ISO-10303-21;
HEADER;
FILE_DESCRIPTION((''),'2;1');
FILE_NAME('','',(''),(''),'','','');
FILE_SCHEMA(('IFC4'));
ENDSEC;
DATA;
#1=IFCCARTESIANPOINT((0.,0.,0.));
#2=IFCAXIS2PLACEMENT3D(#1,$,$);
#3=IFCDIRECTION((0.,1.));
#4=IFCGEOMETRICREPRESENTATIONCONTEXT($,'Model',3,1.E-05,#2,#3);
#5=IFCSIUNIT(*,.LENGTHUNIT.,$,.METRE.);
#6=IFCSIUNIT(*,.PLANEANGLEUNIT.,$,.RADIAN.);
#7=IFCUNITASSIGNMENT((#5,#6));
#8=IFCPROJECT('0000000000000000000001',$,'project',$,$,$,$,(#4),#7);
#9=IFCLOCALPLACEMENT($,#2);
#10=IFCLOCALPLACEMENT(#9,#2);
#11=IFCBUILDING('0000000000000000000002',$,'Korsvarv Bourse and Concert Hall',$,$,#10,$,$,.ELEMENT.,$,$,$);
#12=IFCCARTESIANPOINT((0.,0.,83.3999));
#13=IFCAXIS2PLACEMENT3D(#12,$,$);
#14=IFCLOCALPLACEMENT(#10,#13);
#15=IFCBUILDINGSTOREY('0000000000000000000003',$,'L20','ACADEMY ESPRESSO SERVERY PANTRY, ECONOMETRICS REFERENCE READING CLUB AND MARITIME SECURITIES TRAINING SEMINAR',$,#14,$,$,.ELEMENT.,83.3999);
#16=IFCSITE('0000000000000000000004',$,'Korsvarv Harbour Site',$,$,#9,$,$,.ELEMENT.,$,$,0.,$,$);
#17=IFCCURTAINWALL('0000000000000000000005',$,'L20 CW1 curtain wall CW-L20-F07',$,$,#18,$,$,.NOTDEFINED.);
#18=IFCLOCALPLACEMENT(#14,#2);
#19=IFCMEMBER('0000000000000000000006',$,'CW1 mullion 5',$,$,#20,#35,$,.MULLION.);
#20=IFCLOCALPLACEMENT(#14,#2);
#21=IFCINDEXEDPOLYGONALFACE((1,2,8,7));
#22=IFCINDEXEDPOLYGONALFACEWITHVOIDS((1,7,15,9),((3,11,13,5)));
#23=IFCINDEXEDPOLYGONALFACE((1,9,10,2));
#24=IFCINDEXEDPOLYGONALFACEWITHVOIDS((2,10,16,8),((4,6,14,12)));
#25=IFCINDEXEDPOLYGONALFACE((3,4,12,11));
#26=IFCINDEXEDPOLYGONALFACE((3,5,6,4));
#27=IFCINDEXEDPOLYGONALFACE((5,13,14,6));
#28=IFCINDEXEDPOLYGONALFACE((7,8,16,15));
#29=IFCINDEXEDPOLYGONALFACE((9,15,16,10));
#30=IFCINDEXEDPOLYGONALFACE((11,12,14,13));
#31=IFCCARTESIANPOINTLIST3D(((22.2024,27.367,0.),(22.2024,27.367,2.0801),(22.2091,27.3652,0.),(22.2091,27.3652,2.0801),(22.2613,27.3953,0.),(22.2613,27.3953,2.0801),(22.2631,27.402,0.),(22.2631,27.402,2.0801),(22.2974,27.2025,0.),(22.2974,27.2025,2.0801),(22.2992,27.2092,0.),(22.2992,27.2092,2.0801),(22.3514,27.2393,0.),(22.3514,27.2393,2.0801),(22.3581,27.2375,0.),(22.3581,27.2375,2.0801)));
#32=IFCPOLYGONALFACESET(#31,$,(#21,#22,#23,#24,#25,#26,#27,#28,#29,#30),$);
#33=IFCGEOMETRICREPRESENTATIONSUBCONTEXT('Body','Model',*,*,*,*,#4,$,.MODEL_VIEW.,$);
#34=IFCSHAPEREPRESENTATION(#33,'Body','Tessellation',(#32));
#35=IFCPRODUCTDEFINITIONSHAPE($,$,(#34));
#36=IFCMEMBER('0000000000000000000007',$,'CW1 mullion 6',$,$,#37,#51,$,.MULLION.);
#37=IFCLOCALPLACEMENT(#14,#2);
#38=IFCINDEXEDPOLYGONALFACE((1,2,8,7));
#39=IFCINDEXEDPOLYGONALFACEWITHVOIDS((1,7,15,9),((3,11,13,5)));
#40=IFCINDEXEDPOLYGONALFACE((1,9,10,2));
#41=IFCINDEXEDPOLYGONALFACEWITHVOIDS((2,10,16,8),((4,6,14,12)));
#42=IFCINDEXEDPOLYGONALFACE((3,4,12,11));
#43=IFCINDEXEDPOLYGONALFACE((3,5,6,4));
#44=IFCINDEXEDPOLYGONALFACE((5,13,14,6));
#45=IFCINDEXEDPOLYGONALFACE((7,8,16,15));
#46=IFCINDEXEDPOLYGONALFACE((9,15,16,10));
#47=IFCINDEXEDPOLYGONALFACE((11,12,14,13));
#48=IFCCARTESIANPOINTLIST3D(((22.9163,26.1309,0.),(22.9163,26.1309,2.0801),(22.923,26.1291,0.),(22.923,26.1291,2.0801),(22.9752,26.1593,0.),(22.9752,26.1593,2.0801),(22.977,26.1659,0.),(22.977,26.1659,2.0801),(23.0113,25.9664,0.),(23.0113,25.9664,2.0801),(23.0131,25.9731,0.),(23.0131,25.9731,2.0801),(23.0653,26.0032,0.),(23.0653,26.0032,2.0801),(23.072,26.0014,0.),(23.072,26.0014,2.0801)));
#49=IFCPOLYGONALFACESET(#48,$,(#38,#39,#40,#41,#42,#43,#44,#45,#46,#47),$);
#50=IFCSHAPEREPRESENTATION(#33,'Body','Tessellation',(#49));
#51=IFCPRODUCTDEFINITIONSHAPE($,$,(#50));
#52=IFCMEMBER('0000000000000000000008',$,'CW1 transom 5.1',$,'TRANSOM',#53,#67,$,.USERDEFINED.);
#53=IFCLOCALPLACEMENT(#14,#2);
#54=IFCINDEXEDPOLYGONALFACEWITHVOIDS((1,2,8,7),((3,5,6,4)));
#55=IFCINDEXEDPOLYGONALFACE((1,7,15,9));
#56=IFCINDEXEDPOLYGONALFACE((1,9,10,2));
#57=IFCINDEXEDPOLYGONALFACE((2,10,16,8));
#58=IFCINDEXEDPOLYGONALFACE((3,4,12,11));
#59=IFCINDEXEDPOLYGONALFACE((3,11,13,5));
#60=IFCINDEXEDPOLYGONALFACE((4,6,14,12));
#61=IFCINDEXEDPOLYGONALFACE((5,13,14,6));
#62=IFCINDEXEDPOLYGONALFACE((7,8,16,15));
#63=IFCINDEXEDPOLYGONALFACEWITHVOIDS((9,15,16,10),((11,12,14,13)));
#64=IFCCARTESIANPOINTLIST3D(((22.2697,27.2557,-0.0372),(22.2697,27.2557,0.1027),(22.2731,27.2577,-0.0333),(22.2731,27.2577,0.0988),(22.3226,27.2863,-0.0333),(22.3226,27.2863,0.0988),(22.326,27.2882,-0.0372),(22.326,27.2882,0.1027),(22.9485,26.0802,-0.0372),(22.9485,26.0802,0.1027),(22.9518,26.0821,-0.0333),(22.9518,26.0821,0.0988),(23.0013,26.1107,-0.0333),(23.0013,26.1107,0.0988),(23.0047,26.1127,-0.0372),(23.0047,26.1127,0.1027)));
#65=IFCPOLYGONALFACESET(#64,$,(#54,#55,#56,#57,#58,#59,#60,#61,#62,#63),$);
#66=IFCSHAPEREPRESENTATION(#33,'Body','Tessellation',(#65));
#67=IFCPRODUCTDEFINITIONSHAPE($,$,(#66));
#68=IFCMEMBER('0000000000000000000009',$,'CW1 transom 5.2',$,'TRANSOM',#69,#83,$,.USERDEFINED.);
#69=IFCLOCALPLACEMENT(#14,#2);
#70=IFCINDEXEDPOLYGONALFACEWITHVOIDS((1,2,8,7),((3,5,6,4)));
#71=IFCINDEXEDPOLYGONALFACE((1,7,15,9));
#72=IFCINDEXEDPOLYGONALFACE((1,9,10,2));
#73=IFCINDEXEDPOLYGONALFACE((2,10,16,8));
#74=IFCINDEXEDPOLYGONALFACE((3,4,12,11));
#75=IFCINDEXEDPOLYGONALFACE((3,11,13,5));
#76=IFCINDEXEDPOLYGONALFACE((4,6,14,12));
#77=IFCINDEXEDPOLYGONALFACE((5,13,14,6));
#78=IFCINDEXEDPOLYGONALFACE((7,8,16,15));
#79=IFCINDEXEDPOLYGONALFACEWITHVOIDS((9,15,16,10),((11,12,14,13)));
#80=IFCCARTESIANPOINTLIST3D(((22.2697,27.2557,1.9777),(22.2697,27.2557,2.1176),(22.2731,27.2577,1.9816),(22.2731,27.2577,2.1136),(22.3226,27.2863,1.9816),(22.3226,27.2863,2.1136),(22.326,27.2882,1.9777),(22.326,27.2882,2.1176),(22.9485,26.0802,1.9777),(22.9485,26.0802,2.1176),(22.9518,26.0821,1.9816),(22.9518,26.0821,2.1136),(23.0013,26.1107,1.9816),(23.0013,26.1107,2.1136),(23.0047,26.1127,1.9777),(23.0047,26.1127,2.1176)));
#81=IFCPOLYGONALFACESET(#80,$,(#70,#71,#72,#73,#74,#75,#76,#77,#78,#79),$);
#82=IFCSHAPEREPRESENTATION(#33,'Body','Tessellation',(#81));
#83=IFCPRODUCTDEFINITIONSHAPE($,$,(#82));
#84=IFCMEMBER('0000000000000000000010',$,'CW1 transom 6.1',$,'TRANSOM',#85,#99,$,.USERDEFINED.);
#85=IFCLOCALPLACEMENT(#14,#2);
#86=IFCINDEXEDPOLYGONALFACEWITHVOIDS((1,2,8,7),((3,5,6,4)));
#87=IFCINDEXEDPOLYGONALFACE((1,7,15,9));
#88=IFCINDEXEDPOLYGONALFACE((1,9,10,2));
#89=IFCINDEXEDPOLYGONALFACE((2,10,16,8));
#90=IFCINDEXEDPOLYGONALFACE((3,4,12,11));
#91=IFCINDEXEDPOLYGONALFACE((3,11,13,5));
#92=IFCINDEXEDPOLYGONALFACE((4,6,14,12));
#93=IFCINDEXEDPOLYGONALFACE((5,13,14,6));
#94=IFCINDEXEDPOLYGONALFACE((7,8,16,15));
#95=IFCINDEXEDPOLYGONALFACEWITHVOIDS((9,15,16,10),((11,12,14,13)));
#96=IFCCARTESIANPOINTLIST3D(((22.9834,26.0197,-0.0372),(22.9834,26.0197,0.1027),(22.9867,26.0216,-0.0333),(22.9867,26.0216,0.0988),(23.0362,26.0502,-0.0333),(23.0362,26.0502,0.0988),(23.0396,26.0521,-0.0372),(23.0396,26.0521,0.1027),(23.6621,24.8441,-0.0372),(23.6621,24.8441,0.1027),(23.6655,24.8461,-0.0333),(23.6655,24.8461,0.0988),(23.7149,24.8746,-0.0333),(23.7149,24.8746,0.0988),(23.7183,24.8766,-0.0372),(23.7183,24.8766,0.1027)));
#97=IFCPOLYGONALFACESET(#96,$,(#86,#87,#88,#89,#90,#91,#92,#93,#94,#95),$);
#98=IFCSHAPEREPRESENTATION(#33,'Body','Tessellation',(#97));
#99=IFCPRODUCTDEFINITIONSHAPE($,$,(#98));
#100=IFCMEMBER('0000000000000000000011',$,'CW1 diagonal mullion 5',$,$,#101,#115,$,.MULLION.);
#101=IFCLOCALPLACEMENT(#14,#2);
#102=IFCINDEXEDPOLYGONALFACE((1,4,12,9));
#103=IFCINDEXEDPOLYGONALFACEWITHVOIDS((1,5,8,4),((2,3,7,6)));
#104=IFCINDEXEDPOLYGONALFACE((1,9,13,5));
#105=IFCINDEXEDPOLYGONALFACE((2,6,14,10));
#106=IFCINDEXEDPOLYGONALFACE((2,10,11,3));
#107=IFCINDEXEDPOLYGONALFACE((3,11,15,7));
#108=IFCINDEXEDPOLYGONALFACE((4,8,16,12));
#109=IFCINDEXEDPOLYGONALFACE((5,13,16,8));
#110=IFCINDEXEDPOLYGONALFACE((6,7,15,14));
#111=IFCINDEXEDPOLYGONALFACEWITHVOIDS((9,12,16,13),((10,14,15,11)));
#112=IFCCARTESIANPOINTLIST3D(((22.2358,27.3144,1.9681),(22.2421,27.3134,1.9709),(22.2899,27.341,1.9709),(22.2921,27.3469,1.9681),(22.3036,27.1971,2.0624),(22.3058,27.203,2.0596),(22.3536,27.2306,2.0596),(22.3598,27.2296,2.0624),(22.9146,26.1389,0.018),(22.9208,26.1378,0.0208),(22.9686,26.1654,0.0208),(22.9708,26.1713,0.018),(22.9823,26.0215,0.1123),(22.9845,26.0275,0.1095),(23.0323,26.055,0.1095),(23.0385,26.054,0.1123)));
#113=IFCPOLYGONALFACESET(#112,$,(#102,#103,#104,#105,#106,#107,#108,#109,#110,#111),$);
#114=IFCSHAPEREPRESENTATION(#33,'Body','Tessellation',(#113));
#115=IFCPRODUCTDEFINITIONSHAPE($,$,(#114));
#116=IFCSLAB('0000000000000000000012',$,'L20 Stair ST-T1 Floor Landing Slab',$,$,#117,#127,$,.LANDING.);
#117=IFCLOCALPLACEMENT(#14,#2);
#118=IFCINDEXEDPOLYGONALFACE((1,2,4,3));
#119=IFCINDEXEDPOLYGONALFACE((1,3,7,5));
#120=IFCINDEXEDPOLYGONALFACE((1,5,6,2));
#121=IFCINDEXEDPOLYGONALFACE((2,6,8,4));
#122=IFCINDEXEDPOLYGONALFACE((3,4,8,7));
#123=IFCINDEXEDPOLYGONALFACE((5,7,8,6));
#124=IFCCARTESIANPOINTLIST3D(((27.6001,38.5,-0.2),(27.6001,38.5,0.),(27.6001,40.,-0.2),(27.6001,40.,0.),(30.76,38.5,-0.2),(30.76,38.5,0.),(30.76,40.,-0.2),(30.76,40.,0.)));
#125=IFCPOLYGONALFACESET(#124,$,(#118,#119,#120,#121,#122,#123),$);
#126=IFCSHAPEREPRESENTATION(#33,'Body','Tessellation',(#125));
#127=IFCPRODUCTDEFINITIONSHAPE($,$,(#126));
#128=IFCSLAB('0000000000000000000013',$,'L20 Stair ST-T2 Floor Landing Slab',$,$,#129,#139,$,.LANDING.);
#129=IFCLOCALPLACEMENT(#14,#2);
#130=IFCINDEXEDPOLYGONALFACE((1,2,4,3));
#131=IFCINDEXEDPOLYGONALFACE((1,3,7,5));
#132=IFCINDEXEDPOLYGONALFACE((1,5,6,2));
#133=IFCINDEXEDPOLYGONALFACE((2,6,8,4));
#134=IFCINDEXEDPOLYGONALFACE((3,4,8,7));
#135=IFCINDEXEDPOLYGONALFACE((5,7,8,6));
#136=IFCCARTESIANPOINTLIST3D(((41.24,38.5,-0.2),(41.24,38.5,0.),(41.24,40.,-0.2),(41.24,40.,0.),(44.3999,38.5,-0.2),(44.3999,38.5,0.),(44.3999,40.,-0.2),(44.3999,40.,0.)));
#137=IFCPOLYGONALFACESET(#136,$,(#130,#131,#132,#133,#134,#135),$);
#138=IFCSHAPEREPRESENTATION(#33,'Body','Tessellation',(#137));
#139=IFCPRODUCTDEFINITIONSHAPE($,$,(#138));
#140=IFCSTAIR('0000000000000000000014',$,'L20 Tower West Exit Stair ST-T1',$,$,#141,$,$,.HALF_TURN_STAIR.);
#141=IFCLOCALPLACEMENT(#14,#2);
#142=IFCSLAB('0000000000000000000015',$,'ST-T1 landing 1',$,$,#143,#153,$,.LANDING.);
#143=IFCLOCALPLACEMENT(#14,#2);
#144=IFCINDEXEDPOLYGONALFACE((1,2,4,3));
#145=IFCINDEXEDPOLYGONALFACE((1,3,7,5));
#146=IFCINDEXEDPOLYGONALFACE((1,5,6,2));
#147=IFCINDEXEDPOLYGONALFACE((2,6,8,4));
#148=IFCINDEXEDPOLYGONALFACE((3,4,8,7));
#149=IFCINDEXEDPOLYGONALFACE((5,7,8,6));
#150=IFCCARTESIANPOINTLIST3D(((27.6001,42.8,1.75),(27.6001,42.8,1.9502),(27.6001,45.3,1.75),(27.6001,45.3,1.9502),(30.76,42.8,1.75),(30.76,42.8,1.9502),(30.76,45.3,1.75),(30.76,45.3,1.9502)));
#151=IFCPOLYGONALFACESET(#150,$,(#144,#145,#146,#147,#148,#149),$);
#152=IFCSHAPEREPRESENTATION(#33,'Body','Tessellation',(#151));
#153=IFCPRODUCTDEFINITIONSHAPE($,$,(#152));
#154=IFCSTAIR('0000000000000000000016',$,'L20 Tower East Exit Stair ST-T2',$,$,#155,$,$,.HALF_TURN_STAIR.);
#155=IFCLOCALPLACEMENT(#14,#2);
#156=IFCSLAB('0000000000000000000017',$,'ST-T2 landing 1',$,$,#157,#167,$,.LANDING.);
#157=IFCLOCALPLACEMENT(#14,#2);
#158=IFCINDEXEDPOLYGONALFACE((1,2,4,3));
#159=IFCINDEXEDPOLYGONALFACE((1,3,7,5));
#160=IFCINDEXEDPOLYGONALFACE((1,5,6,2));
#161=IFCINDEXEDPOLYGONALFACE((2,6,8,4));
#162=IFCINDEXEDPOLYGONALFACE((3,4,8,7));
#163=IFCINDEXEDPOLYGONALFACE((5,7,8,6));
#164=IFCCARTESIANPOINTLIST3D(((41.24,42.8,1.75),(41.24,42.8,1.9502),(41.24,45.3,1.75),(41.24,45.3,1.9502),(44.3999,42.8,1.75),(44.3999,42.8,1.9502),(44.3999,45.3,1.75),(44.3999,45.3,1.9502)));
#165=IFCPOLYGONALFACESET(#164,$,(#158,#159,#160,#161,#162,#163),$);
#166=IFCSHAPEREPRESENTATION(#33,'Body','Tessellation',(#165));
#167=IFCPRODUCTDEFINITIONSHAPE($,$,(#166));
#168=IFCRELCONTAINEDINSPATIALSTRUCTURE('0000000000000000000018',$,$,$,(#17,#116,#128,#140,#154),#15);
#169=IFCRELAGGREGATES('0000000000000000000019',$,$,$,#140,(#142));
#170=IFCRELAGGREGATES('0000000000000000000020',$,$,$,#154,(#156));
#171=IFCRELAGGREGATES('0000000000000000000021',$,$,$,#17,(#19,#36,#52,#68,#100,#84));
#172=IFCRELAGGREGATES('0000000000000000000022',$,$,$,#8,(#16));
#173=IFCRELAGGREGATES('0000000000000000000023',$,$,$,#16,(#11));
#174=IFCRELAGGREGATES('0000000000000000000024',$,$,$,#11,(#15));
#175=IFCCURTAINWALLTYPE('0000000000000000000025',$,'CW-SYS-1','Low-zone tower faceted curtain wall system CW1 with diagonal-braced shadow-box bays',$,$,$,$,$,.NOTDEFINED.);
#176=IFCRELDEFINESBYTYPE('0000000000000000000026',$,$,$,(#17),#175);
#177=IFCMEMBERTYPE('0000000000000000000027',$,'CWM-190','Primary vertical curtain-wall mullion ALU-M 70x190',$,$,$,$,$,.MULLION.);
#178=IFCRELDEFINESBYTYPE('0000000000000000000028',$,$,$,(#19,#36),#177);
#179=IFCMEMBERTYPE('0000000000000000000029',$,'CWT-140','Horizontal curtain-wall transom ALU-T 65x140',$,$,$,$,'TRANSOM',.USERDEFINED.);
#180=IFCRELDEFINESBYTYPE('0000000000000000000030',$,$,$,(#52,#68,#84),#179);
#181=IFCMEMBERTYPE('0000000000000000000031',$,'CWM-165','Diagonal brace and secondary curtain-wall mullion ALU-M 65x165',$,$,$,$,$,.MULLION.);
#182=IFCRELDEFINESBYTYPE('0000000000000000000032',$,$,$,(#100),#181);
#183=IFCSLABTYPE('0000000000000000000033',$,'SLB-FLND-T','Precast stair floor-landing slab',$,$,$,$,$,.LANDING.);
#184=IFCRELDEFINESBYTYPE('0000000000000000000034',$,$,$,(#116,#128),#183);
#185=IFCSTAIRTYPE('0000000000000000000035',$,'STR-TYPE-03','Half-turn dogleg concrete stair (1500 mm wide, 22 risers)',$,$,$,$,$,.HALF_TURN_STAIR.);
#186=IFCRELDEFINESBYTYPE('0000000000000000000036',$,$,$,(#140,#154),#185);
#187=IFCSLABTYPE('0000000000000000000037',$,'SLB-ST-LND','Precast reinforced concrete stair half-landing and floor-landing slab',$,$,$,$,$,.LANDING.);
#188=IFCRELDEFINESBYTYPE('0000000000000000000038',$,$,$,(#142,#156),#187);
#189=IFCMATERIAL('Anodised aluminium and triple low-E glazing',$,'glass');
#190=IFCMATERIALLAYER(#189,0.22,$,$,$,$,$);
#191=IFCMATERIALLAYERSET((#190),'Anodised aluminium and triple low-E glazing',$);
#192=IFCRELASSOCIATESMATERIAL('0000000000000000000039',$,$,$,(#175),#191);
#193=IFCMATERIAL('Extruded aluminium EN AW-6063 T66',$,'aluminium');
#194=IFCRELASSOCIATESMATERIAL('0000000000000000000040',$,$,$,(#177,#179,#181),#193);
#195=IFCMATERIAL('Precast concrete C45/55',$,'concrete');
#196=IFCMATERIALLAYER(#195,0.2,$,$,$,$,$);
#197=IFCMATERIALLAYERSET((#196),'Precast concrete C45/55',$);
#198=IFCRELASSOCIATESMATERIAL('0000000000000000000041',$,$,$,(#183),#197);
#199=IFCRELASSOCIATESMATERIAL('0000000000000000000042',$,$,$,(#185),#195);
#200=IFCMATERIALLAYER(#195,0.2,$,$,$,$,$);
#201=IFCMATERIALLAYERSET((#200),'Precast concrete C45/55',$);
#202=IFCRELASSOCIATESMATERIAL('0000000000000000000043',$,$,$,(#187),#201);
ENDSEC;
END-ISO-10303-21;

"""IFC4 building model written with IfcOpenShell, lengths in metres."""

from ifc_helpers import new_model, si_unit, direction, frame, origin, origin_2d, place, context, subcontext, project, spatial, polyline, hollow_rectangle, outline, extrude, source, transform, mapped, material, layer, layer_set, material_profile, profile_set, type_object, element, aggregate, save


model = new_model("IFC4")

# Units and contexts
model_context = context("Model", 3, precision=1e-05, world=origin(), true_north=direction((0.0, 1.0)))
body_context = subcontext(model_context, "Body", "Model", "MODEL_VIEW")
ifc_project = project(units=[si_unit("LENGTHUNIT", "METRE"), si_unit("PLANEANGLEUNIT", "RADIAN")], contexts=[model_context])

# Site, building, storey
site_placement = place(None, origin())
site = spatial("IfcSite", under=ifc_project, at=site_placement, Name="Korsvarv Harbour Site", CompositionType="ELEMENT", RefElevation=0.0)
building_placement = place(site_placement, origin())
building = spatial("IfcBuilding", under=site, at=building_placement, Name="Korsvarv Bourse and Concert Hall", CompositionType="ELEMENT")
storey_placement = place(building_placement, frame((0.0, 0.0, 83.3999)))
storey = spatial("IfcBuildingStorey", under=building, at=storey_placement, Name="L20", Description="ACADEMY ESPRESSO SERVERY PANTRY, ECONOMETRICS REFERENCE READING CLUB AND MARITIME SECURITIES TRAINING SEMINAR", CompositionType="ELEMENT", Elevation=83.3999)

# Curtain wall, members
ifc_material_1 = material(Name="Anodised aluminium and triple low-E glazing", Category="glass")
ifc_layer_1 = layer(ifc_material_1, 0.22)
ifc_layer_set_1 = layer_set([ifc_layer_1], Name="Anodised aluminium and triple low-E glazing")
curtain_wall_type = type_object("IfcCurtainWallType", Name="CW-SYS-1", Description="Low-zone tower faceted curtain wall system CW1 with diagonal-braced shadow-box bays", PredefinedType="NOTDEFINED", material=ifc_layer_set_1)
curtain_wall_placement = place(storey_placement, origin())
curtain_wall = element("IfcCurtainWall", 1, at=curtain_wall_placement, inside=storey, type_object=curtain_wall_type, Name="L20 CW1 curtain wall CW-L20-F07", PredefinedType="NOTDEFINED")
ifc_material_2 = material(Name="Extruded aluminium EN AW-6063 T66", Category="aluminium")
ifc_material_profile_1 = material_profile(ifc_material_2, hollow_rectangle(XDim=0.0701, YDim=0.1899, WallThickness=0.0049, at=origin_2d()), Name="ALU-M 70x190")
ifc_profile_set_1 = profile_set([ifc_material_profile_1], Name="Extruded aluminium EN AW-6063 T66")
member_type_1 = type_object("IfcMemberType", Name="CWM-190", Description="Primary vertical curtain-wall mullion ALU-M 70x190", PredefinedType="MULLION", material=ifc_profile_set_1)
shared_shape_1 = source(origin(), body_context, "Body", "SweptSolid", [
    extrude(hollow_rectangle(XDim=0.0701, YDim=0.1899, WallThickness=0.0049, at=origin_2d()), origin(), (0.0, 0.0, 1.0), 2.0801),
])
member_1_placement = place(storey_placement, frame((22.2803, 27.3022, 0.0), z_axis=(0.0, 0.0, 1.0), x_axis=(0.866024, 0.500002, 0.0)))
member_1 = element("IfcMember", 2, at=member_1_placement, type_object=member_type_1, Name="CW1 mullion 5", PredefinedType="MULLION", context=body_context, shape_type="MappedRepresentation", body=[
    mapped(shared_shape_1, transform((0.0, 0.0, 0.0), scale=1.0)),
])
member_2_placement = place(storey_placement, frame((22.9941, 26.0662, 0.0), z_axis=(0.0, 0.0, 1.0), x_axis=(0.866024, 0.500002, 0.0)))
member_2 = element("IfcMember", 3, at=member_2_placement, type_object=member_type_1, Name="CW1 mullion 6", PredefinedType="MULLION", context=body_context, shape_type="MappedRepresentation", body=[
    mapped(shared_shape_1, transform((0.0, 0.0, 0.0), scale=1.0)),
])
ifc_material_profile_2 = material_profile(ifc_material_2, hollow_rectangle(XDim=0.0649, YDim=0.1399, WallThickness=0.0039, at=origin_2d()), Name="ALU-T 65x140")
ifc_profile_set_2 = profile_set([ifc_material_profile_2], Name="Extruded aluminium EN AW-6063 T66")
member_type_2 = type_object("IfcMemberType", Name="CWT-140", Description="Horizontal curtain-wall transom ALU-T 65x140", ElementType="TRANSOM", PredefinedType="USERDEFINED", material=ifc_profile_set_2)
shared_shape_2 = source(origin(), body_context, "Body", "SweptSolid", [
    extrude(hollow_rectangle(XDim=0.0649, YDim=0.1399, WallThickness=0.0039, at=origin_2d()), origin(), (0.0, 0.0, 1.0), 1.3574),
])
member_3_placement = place(storey_placement, frame((22.2979, 27.272, 0.0327), z_axis=(0.500008, -0.866021, 0.0), x_axis=(0.866021, 0.500008, 0.0)))
member_3 = element("IfcMember", 4, at=member_3_placement, type_object=member_type_2, Name="CW1 transom 5.1", ObjectType="TRANSOM", PredefinedType="USERDEFINED", context=body_context, shape_type="MappedRepresentation", body=[
    mapped(shared_shape_2, transform((0.0, 0.0, 0.0), scale=1.0)),
])
member_4_placement = place(storey_placement, frame((22.2979, 27.272, 2.0476), z_axis=(0.500008, -0.866021, 0.0), x_axis=(0.866021, 0.500008, 0.0)))
member_4 = element("IfcMember", 5, at=member_4_placement, type_object=member_type_2, Name="CW1 transom 5.2", ObjectType="TRANSOM", PredefinedType="USERDEFINED", context=body_context, shape_type="MappedRepresentation", body=[
    mapped(shared_shape_2, transform((0.0, 0.0, 0.0), scale=1.0)),
])
member_5_placement = place(storey_placement, frame((23.0115, 26.0359, 0.0327), z_axis=(0.500008, -0.866021, 0.0), x_axis=(0.866021, 0.500008, 0.0)))
member_5 = element("IfcMember", 6, at=member_5_placement, type_object=member_type_2, Name="CW1 transom 6.1", ObjectType="TRANSOM", PredefinedType="USERDEFINED", context=body_context, shape_type="MappedRepresentation", body=[
    mapped(shared_shape_2, transform((0.0, 0.0, 0.0), scale=1.0)),
])
ifc_material_profile_3 = material_profile(ifc_material_2, hollow_rectangle(XDim=0.0649, YDim=0.165, WallThickness=0.0049, at=origin_2d()), Name="ALU-M 65x165")
ifc_profile_set_3 = profile_set([ifc_material_profile_3], Name="Extruded aluminium EN AW-6063 T66")
member_type_3 = type_object("IfcMemberType", Name="CWM-165", Description="Diagonal brace and secondary curtain-wall mullion ALU-M 65x165", PredefinedType="MULLION", material=ifc_profile_set_3)
shared_shape_3 = source(origin(), body_context, "Body", "SweptSolid", [
    extrude(hollow_rectangle(XDim=0.0649, YDim=0.165, WallThickness=0.0049, at=origin_2d()), origin(), (0.0, 0.0, 1.0), 2.376),
])
member_6_placement = place(storey_placement, frame((22.9766, 26.0964, 0.0652), z_axis=(-0.285666, 0.494778, 0.820725), x_axis=(-0.866021, -0.500008, 0.0)))
member_6 = element("IfcMember", 7, at=member_6_placement, type_object=member_type_3, Name="CW1 diagonal mullion 5", PredefinedType="MULLION", context=body_context, shape_type="MappedRepresentation", body=[
    mapped(shared_shape_3, transform((0.0, 0.0, 0.0), scale=1.0)),
])

# Slabs
ifc_material_3 = material(Name="Precast concrete C45/55", Category="concrete")
ifc_layer_2 = layer(ifc_material_3, 0.2)
ifc_layer_set_2 = layer_set([ifc_layer_2], Name="Precast concrete C45/55")
slab_type_1 = type_object("IfcSlabType", Name="SLB-FLND-T", Description="Precast stair floor-landing slab", PredefinedType="LANDING", material=ifc_layer_set_2)
slab_1_placement = place(storey_placement, frame((0.0, 0.0, -0.2)))
element("IfcSlab", 8, at=slab_1_placement, inside=storey, type_object=slab_type_1, Name="L20 Stair ST-T1 Floor Landing Slab", PredefinedType="LANDING", context=body_context, shape_type="SweptSolid", body=[
    extrude(outline(polyline([(30.76, 38.5), (30.76, 40.0), (27.6001, 40.0), (27.6001, 38.5), (30.76, 38.5)])), origin(), (0.0, 0.0, 1.0), 0.2),
])
slab_2_placement = place(storey_placement, frame((0.0, 0.0, -0.2)))
element("IfcSlab", 9, at=slab_2_placement, inside=storey, type_object=slab_type_1, Name="L20 Stair ST-T2 Floor Landing Slab", PredefinedType="LANDING", context=body_context, shape_type="SweptSolid", body=[
    extrude(outline(polyline([(44.3999, 38.5), (44.3999, 40.0), (41.24, 40.0), (41.24, 38.5), (44.3999, 38.5)])), origin(), (0.0, 0.0, 1.0), 0.2),
])

# Stairs, slabs
stair_type = type_object("IfcStairType", Name="STR-TYPE-03", Description="Half-turn dogleg concrete stair (1500 mm wide, 22 risers)", PredefinedType="HALF_TURN_STAIR", material=ifc_material_3)
stair_1_placement = place(storey_placement, origin())
stair_1 = element("IfcStair", 10, at=stair_1_placement, inside=storey, type_object=stair_type, Name="L20 Tower West Exit Stair ST-T1", PredefinedType="HALF_TURN_STAIR")
ifc_layer_3 = layer(ifc_material_3, 0.2)
ifc_layer_set_3 = layer_set([ifc_layer_3], Name="Precast concrete C45/55")
slab_type_2 = type_object("IfcSlabType", Name="SLB-ST-LND", Description="Precast reinforced concrete stair half-landing and floor-landing slab", PredefinedType="LANDING", material=ifc_layer_set_3)
slab_3_placement = place(storey_placement, frame((0.0, 0.0, 1.75)))
slab_3 = element("IfcSlab", 11, at=slab_3_placement, type_object=slab_type_2, Name="ST-T1 landing 1", PredefinedType="LANDING", context=body_context, shape_type="SweptSolid", body=[
    extrude(outline(polyline([(30.76, 42.8), (30.76, 45.3), (27.6001, 45.3), (27.6001, 42.8), (30.76, 42.8)])), origin(), (0.0, 0.0, 1.0), 0.2002),
])
aggregate(stair_1, [slab_3])
stair_2_placement = place(storey_placement, origin())
stair_2 = element("IfcStair", 12, at=stair_2_placement, inside=storey, type_object=stair_type, Name="L20 Tower East Exit Stair ST-T2", PredefinedType="HALF_TURN_STAIR")
slab_4_placement = place(storey_placement, frame((0.0, 0.0, 1.75)))
slab_4 = element("IfcSlab", 13, at=slab_4_placement, type_object=slab_type_2, Name="ST-T2 landing 1", PredefinedType="LANDING", context=body_context, shape_type="SweptSolid", body=[
    extrude(outline(polyline([(44.3999, 42.8), (44.3999, 45.3), (41.24, 45.3), (41.24, 42.8), (44.3999, 42.8)])), origin(), (0.0, 0.0, 1.0), 0.2002),
])
aggregate(stair_2, [slab_4])

aggregate(curtain_wall, [member_1, member_2, member_3, member_4, member_6, member_5])

save(model, "model.ifc")
